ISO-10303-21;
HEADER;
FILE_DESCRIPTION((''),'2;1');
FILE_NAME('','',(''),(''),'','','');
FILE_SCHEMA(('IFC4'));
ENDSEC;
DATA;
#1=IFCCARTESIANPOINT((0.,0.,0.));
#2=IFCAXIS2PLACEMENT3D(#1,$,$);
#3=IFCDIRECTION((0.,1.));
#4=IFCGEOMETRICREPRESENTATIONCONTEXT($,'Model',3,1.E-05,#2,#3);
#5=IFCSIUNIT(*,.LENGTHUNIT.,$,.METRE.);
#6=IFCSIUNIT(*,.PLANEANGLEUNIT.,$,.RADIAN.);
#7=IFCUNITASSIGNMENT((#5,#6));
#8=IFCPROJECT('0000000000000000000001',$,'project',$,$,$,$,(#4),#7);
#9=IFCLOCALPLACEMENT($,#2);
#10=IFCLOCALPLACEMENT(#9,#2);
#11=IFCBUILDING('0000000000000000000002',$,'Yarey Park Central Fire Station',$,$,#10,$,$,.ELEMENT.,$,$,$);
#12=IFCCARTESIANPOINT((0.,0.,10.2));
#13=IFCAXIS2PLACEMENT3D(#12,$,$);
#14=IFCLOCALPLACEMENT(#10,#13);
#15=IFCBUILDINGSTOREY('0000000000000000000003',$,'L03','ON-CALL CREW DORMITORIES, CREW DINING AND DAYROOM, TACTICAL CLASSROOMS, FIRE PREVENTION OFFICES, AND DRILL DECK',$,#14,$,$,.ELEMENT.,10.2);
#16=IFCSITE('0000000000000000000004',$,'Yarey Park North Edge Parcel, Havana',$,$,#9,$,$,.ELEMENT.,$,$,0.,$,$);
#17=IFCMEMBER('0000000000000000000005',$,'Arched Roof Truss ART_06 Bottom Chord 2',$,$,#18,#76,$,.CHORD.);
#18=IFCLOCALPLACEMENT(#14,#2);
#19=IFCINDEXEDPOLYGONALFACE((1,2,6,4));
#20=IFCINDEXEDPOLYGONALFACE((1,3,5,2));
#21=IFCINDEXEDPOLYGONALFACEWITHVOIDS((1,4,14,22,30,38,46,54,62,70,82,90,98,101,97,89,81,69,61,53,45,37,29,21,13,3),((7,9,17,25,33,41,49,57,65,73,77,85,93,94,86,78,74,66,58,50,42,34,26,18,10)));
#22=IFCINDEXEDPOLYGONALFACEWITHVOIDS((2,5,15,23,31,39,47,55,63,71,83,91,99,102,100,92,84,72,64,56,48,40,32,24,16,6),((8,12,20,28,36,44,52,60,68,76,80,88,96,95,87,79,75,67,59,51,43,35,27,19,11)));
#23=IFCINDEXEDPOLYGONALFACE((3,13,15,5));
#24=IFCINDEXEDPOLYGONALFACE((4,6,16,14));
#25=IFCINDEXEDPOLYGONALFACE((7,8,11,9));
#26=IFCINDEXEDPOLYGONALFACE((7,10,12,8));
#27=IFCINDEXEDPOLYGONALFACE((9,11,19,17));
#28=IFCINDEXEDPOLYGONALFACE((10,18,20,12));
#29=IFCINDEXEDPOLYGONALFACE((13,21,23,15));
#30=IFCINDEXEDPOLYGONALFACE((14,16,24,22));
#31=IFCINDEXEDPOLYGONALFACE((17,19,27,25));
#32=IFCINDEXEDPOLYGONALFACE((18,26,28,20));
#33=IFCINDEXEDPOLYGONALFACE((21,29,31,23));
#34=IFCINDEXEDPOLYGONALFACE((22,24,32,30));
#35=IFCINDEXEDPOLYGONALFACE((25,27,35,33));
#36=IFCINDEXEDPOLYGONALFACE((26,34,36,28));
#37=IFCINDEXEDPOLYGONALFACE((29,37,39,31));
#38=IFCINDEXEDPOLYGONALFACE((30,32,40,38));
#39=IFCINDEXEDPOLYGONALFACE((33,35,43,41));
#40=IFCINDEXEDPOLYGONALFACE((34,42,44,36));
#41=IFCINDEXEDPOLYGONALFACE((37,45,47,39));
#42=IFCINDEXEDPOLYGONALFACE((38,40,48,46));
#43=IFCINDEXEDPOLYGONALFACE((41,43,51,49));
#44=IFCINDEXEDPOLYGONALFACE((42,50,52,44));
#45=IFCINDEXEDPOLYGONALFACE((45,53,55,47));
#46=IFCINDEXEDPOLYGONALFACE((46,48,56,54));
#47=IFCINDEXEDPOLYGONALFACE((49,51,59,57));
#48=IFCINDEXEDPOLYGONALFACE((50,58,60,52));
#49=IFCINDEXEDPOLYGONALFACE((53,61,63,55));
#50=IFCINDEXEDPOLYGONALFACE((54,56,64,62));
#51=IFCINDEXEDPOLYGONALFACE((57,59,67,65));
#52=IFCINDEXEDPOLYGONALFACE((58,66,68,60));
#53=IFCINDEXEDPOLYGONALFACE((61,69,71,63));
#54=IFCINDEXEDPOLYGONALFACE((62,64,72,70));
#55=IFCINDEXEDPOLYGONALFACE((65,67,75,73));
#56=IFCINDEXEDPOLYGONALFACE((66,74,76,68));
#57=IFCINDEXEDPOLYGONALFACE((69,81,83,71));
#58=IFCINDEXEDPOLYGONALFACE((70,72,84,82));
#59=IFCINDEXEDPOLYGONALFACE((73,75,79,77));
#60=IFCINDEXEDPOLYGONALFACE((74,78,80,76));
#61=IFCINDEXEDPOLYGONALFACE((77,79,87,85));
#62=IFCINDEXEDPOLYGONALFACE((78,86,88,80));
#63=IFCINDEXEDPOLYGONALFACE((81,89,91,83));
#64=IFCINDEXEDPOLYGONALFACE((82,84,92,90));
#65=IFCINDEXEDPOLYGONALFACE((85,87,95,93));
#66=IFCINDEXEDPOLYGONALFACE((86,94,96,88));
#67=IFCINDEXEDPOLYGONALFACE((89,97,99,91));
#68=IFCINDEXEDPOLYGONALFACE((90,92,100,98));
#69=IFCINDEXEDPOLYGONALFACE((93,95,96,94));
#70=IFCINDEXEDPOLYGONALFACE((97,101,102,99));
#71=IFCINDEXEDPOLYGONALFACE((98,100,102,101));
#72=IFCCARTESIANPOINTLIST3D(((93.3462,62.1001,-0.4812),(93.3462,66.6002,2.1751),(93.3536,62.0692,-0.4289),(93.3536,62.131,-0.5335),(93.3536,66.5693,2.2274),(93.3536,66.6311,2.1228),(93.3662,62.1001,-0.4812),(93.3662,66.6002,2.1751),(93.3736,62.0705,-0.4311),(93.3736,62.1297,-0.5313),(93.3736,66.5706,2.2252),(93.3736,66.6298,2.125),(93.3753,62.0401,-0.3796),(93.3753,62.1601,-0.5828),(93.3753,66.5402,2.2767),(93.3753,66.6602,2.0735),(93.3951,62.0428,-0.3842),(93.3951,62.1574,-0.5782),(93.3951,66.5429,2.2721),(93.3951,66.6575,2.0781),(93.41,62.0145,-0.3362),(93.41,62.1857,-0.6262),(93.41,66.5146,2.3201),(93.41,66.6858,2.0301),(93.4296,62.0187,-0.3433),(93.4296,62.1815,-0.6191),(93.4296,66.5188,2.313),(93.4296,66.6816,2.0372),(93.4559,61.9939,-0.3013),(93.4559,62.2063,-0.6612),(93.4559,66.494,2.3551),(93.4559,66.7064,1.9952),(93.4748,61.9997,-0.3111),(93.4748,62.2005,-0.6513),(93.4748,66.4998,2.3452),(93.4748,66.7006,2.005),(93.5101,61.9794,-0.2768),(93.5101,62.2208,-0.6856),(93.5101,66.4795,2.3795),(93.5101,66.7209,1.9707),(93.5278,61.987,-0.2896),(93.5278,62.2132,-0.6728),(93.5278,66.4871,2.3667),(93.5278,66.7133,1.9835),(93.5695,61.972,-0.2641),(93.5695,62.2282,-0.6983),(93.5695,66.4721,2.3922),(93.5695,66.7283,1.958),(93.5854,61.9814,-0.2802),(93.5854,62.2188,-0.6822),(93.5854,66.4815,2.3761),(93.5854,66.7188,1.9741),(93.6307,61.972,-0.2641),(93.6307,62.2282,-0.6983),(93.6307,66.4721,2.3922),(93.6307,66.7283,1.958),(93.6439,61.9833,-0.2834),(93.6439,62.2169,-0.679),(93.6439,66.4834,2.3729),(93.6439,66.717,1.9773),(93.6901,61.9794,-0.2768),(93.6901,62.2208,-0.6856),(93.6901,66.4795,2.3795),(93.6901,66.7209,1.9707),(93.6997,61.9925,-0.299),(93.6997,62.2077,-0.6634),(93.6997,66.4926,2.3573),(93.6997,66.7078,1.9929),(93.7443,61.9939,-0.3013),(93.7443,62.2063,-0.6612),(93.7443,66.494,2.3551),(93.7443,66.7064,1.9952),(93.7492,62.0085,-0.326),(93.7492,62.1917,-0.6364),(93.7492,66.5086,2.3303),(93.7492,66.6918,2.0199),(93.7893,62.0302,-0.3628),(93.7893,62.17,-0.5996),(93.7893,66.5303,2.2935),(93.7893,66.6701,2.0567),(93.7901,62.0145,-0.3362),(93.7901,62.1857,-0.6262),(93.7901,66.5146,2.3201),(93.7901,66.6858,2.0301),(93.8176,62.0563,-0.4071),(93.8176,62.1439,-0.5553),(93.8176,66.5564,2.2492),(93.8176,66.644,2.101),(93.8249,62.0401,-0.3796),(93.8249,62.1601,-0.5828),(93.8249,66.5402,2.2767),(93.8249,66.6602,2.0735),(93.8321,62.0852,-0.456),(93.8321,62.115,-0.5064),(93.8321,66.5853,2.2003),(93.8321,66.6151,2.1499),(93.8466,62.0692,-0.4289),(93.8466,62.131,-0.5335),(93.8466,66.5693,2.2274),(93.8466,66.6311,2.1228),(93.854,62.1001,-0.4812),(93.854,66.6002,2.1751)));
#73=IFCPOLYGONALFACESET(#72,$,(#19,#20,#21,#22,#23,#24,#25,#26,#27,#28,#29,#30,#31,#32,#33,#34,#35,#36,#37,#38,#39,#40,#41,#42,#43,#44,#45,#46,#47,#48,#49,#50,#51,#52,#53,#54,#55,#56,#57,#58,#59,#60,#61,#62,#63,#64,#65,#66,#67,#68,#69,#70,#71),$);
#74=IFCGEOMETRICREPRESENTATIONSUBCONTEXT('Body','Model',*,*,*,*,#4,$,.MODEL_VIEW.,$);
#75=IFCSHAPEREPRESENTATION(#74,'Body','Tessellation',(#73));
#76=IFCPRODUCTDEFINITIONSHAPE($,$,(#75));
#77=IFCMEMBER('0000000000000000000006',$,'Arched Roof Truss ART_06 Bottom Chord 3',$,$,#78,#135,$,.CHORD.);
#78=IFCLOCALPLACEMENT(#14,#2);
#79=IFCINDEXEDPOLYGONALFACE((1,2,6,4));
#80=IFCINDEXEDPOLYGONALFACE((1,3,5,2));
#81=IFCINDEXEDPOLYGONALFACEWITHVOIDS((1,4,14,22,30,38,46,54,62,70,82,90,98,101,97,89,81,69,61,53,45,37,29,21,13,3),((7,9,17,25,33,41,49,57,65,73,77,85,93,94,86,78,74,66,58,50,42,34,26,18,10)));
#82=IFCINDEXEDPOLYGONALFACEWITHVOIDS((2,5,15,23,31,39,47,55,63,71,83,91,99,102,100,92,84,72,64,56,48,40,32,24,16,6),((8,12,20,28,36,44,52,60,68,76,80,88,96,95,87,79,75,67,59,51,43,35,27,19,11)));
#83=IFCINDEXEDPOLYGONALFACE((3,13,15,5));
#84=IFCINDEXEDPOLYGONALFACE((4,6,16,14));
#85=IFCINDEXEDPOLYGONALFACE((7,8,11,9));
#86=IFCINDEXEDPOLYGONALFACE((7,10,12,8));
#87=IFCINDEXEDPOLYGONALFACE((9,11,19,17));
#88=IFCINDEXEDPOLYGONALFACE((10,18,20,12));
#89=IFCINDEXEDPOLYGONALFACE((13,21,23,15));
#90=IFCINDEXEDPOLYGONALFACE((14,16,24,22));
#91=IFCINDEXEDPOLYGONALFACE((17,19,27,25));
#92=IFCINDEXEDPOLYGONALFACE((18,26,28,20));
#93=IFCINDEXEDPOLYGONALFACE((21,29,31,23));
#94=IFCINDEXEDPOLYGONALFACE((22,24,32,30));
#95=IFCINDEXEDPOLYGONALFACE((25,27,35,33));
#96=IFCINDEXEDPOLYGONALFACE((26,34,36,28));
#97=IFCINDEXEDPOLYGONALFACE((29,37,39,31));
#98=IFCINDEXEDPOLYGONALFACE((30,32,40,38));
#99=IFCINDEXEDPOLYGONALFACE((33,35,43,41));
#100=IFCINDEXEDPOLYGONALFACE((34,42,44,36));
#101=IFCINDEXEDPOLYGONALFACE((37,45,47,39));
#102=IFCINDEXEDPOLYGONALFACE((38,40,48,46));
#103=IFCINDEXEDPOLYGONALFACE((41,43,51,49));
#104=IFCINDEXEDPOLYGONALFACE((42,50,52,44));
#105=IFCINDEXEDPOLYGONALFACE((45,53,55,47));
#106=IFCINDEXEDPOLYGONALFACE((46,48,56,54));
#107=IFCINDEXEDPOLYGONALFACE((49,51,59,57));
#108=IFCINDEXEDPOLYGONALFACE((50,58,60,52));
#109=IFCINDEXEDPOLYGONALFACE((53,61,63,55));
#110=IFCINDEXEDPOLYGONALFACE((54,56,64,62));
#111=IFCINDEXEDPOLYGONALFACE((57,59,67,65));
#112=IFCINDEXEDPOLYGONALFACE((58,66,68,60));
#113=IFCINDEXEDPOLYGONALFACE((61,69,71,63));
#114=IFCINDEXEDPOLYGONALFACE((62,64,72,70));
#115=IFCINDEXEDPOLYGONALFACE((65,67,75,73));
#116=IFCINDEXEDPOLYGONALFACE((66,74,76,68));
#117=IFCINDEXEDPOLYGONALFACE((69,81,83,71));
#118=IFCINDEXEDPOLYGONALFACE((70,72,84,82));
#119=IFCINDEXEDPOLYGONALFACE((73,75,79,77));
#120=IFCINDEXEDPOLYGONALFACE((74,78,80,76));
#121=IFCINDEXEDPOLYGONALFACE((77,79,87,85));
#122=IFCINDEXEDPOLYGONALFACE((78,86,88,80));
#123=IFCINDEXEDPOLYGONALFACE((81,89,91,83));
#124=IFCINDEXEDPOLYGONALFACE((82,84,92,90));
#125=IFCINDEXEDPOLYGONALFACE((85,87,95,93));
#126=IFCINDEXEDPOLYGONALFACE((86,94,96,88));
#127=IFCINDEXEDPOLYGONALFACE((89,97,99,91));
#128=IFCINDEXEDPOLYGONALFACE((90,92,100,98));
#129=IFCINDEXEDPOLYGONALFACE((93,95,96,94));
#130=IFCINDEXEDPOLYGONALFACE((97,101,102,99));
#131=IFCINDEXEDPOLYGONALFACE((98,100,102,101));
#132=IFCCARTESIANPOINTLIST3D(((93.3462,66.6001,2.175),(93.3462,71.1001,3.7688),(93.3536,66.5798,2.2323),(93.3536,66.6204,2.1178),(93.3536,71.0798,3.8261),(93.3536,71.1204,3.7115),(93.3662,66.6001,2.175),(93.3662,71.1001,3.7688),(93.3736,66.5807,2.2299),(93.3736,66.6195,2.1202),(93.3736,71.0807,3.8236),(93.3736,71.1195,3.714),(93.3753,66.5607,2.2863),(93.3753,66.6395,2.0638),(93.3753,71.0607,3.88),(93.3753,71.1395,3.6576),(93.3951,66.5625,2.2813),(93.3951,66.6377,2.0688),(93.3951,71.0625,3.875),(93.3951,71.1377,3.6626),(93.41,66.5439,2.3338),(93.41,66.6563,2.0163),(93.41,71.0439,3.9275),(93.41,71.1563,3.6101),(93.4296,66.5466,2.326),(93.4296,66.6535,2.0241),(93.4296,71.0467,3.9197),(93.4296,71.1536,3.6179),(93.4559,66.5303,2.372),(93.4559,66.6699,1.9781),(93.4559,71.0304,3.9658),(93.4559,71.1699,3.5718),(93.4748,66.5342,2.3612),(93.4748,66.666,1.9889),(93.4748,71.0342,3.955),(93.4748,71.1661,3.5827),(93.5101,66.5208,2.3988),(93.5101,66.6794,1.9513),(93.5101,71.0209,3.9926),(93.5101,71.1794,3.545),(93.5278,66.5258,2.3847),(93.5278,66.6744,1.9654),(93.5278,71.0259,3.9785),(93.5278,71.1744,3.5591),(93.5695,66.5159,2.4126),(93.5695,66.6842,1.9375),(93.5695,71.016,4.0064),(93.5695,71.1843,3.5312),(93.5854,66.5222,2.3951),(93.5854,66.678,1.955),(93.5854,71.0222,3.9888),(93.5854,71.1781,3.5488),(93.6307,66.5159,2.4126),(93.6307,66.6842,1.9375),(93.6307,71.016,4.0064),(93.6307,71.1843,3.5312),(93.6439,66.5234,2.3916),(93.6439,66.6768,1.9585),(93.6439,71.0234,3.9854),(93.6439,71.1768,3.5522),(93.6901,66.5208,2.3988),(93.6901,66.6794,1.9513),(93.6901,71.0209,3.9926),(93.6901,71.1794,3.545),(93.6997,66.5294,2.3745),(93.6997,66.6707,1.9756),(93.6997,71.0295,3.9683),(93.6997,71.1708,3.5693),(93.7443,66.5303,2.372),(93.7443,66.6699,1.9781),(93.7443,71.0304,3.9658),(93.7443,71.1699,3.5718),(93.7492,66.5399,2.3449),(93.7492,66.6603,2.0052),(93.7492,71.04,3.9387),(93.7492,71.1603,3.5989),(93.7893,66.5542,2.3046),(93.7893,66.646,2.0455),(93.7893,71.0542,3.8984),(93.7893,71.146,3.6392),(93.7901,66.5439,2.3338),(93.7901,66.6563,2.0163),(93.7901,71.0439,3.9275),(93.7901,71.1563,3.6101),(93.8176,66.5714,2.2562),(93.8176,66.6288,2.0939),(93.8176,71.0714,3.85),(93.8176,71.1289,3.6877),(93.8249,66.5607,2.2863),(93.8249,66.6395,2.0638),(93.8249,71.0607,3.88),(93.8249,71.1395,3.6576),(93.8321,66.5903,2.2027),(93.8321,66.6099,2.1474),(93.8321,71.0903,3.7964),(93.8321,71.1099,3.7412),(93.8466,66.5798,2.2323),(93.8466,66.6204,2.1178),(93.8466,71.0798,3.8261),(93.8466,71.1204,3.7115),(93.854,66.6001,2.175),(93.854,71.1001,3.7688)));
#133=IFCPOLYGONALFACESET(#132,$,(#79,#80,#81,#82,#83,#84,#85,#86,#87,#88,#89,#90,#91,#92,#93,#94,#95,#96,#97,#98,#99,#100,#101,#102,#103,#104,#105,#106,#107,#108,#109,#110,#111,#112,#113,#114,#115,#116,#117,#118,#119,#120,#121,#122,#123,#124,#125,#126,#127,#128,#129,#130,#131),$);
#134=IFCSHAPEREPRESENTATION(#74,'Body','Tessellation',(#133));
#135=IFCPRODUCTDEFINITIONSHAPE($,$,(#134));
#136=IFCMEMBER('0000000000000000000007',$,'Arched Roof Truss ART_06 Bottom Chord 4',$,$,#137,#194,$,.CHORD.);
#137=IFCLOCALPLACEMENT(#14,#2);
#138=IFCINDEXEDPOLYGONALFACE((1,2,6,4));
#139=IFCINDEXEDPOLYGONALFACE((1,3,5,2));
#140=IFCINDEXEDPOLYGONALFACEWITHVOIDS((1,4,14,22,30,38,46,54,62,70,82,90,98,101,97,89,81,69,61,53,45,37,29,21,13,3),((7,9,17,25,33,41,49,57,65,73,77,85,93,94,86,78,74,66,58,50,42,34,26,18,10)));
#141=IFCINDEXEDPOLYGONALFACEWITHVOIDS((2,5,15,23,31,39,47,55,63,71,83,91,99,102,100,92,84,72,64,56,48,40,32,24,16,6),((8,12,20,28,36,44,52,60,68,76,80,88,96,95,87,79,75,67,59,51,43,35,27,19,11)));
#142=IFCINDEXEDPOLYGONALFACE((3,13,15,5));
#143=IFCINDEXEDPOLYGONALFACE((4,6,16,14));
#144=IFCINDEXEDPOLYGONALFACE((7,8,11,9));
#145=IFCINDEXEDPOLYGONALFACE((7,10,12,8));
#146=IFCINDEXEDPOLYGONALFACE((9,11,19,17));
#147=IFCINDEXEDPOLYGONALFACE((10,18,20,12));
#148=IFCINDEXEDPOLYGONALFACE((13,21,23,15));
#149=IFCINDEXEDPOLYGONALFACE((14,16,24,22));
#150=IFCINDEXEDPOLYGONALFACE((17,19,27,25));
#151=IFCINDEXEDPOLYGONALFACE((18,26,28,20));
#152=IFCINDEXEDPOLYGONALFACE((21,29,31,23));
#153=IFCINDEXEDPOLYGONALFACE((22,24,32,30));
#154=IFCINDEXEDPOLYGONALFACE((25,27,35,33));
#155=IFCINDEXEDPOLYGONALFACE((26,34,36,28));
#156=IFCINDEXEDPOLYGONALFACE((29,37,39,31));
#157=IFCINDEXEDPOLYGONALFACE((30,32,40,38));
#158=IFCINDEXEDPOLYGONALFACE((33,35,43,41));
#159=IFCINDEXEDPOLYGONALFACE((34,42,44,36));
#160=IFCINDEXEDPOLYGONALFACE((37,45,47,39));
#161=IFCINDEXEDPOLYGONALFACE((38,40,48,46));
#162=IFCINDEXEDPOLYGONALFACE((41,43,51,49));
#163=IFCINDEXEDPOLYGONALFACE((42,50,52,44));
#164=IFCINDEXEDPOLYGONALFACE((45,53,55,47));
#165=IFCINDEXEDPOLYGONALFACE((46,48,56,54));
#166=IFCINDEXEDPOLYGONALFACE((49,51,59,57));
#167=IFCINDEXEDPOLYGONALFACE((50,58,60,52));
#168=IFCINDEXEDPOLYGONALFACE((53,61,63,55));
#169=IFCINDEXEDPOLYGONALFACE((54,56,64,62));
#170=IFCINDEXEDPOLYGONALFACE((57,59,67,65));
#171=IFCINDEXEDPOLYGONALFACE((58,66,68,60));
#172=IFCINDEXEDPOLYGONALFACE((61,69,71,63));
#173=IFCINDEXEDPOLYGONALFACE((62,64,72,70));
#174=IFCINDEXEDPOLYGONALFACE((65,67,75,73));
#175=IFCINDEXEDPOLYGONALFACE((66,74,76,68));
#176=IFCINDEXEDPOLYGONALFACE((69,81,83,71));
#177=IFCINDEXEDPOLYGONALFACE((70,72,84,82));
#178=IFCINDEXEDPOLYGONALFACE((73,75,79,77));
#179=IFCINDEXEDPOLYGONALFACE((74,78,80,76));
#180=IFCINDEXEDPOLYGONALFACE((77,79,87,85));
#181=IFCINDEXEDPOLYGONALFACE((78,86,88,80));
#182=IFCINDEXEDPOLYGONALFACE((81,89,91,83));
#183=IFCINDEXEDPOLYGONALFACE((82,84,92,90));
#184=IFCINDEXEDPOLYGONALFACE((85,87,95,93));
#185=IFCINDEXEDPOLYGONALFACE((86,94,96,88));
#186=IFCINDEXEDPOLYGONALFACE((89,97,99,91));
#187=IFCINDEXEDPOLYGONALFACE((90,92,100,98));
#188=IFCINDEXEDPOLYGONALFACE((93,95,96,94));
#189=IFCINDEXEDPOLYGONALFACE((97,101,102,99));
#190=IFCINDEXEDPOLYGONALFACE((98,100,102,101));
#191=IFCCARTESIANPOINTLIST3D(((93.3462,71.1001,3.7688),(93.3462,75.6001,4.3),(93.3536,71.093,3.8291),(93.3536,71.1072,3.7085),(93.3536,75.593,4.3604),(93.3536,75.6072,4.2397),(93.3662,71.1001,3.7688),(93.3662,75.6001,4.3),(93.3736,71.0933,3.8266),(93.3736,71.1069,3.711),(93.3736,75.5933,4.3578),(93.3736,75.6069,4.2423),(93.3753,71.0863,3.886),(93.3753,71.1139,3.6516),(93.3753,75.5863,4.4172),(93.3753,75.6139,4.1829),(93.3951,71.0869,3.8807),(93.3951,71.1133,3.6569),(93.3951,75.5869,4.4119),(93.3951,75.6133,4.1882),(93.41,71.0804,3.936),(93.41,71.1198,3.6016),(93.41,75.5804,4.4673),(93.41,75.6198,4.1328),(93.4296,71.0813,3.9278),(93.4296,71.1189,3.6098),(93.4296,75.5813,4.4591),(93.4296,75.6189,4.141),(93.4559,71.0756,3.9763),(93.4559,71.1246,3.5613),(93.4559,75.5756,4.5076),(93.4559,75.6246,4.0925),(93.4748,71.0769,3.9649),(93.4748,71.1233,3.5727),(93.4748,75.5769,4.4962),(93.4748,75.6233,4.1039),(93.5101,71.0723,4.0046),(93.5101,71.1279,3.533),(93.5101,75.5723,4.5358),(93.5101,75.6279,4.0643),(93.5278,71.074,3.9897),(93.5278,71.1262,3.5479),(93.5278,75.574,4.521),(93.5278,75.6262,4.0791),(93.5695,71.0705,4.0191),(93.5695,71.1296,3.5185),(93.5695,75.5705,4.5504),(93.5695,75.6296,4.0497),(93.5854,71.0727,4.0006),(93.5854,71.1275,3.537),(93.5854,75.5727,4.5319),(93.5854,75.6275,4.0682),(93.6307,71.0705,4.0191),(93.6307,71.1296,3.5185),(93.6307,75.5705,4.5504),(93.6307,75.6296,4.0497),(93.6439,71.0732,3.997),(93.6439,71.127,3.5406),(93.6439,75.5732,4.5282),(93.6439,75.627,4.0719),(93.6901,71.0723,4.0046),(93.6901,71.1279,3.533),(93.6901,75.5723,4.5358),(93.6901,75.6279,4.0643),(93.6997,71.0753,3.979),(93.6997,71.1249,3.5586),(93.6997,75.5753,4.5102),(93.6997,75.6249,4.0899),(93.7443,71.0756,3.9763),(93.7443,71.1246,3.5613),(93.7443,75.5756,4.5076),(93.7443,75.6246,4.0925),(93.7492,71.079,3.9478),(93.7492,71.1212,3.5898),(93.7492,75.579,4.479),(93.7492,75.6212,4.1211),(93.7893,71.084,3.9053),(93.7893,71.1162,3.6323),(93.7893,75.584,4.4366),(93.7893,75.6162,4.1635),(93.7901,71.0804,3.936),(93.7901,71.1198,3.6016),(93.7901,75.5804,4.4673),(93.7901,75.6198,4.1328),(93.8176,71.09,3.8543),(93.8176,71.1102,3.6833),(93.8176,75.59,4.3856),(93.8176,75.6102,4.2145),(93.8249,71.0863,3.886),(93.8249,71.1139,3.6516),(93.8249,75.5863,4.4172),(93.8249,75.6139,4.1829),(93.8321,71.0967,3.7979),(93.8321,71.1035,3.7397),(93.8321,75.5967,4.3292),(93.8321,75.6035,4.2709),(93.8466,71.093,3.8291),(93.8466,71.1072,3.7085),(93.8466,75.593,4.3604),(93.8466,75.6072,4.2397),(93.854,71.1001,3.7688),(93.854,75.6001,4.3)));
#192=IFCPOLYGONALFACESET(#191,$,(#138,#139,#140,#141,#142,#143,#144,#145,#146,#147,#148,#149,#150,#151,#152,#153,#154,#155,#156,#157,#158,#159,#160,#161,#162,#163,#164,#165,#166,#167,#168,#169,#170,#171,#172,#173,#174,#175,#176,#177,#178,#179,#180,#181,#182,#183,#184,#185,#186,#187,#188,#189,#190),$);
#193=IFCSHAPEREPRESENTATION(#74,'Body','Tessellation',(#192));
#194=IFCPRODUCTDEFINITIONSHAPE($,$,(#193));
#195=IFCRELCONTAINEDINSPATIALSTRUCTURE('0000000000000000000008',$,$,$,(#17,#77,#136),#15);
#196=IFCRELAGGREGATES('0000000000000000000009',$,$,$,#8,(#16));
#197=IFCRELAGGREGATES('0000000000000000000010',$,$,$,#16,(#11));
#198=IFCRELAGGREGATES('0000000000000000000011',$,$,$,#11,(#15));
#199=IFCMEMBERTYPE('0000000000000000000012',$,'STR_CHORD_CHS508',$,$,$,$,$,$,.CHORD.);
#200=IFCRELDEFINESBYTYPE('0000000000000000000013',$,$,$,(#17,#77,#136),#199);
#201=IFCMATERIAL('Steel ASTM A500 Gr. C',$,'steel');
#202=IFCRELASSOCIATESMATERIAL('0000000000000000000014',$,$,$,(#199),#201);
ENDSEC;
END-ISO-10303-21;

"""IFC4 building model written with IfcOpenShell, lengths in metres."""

from ifc_helpers import new_model, si_unit, direction, frame, origin, origin_2d, place, context, subcontext, project, spatial, hollow_circle, extrude, material, material_profile, profile_set, type_object, element, save


model = new_model("IFC4")

# Units and contexts
model_context = context("Model", 3, precision=1e-05, world=origin(), true_north=direction((0.0, 1.0)))
body_context = subcontext(model_context, "Body", "Model", "MODEL_VIEW")
ifc_project = project(units=[si_unit("LENGTHUNIT", "METRE"), si_unit("PLANEANGLEUNIT", "RADIAN")], contexts=[model_context])

# Site, building, storey
site_placement = place(None, origin())
site = spatial("IfcSite", under=ifc_project, at=site_placement, Name="Yarey Park North Edge Parcel, Havana", CompositionType="ELEMENT", RefElevation=0.0)
building_placement = place(site_placement, origin())
building = spatial("IfcBuilding", under=site, at=building_placement, Name="Yarey Park Central Fire Station", CompositionType="ELEMENT")
storey_placement = place(building_placement, frame((0.0, 0.0, 10.2)))
storey = spatial("IfcBuildingStorey", under=building, at=storey_placement, Name="L03", Description="ON-CALL CREW DORMITORIES, CREW DINING AND DAYROOM, TACTICAL CLASSROOMS, FIRE PREVENTION OFFICES, AND DRILL DECK", CompositionType="ELEMENT", Elevation=10.2)

# Members
ifc_material_1 = material(Name="Steel ASTM A500 Gr. C", Category="steel")
ifc_material_profile_1 = material_profile(ifc_material_1, hollow_circle(Radius=0.2539, WallThickness=0.02, at=origin_2d()), Name="CHS 508x20")
ifc_profile_set_1 = profile_set([ifc_material_profile_1], Name="Steel ASTM A500 Gr. C")
member_type_1 = type_object("IfcMemberType", Name="STR_CHORD_CHS508", PredefinedType="CHORD", material=ifc_profile_set_1)
member_1_placement = place(storey_placement, frame((93.6001, 62.1001, -0.4812), z_axis=(0.0, 0.861165, 0.508326), x_axis=(-1.0, 0.0, 0.0)))
element("IfcMember", 1, at=member_1_placement, inside=storey, type_object=member_type_1, Name="Arched Roof Truss ART_06 Bottom Chord 2", PredefinedType="CHORD", context=body_context, shape_type="SweptSolid", body=[
    extrude(hollow_circle(Radius=0.2539, WallThickness=0.02, at=origin_2d()), origin(), (0.0, 0.0, 1.0), 5.2256),
])
member_2_placement = place(storey_placement, frame((93.6001, 66.6001, 2.175), z_axis=(0.0, 0.942627, 0.333847), x_axis=(-1.0, 0.0, 0.0)))
element("IfcMember", 2, at=member_2_placement, inside=storey, type_object=member_type_1, Name="Arched Roof Truss ART_06 Bottom Chord 3", PredefinedType="CHORD", context=body_context, shape_type="SweptSolid", body=[
    extrude(hollow_circle(Radius=0.2539, WallThickness=0.02, at=origin_2d()), origin(), (0.0, 0.0, 1.0), 4.7739),
])
member_3_placement = place(storey_placement, frame((93.6001, 71.1001, 3.7688), z_axis=(0.0, 0.993103, 0.117241), x_axis=(-1.0, 0.0, 0.0)))
element("IfcMember", 3, at=member_3_placement, inside=storey, type_object=member_type_1, Name="Arched Roof Truss ART_06 Bottom Chord 4", PredefinedType="CHORD", context=body_context, shape_type="SweptSolid", body=[
    extrude(hollow_circle(Radius=0.2539, WallThickness=0.02, at=origin_2d()), origin(), (0.0, 0.0, 1.0), 4.5312),
])

save(model, "model.ifc")
